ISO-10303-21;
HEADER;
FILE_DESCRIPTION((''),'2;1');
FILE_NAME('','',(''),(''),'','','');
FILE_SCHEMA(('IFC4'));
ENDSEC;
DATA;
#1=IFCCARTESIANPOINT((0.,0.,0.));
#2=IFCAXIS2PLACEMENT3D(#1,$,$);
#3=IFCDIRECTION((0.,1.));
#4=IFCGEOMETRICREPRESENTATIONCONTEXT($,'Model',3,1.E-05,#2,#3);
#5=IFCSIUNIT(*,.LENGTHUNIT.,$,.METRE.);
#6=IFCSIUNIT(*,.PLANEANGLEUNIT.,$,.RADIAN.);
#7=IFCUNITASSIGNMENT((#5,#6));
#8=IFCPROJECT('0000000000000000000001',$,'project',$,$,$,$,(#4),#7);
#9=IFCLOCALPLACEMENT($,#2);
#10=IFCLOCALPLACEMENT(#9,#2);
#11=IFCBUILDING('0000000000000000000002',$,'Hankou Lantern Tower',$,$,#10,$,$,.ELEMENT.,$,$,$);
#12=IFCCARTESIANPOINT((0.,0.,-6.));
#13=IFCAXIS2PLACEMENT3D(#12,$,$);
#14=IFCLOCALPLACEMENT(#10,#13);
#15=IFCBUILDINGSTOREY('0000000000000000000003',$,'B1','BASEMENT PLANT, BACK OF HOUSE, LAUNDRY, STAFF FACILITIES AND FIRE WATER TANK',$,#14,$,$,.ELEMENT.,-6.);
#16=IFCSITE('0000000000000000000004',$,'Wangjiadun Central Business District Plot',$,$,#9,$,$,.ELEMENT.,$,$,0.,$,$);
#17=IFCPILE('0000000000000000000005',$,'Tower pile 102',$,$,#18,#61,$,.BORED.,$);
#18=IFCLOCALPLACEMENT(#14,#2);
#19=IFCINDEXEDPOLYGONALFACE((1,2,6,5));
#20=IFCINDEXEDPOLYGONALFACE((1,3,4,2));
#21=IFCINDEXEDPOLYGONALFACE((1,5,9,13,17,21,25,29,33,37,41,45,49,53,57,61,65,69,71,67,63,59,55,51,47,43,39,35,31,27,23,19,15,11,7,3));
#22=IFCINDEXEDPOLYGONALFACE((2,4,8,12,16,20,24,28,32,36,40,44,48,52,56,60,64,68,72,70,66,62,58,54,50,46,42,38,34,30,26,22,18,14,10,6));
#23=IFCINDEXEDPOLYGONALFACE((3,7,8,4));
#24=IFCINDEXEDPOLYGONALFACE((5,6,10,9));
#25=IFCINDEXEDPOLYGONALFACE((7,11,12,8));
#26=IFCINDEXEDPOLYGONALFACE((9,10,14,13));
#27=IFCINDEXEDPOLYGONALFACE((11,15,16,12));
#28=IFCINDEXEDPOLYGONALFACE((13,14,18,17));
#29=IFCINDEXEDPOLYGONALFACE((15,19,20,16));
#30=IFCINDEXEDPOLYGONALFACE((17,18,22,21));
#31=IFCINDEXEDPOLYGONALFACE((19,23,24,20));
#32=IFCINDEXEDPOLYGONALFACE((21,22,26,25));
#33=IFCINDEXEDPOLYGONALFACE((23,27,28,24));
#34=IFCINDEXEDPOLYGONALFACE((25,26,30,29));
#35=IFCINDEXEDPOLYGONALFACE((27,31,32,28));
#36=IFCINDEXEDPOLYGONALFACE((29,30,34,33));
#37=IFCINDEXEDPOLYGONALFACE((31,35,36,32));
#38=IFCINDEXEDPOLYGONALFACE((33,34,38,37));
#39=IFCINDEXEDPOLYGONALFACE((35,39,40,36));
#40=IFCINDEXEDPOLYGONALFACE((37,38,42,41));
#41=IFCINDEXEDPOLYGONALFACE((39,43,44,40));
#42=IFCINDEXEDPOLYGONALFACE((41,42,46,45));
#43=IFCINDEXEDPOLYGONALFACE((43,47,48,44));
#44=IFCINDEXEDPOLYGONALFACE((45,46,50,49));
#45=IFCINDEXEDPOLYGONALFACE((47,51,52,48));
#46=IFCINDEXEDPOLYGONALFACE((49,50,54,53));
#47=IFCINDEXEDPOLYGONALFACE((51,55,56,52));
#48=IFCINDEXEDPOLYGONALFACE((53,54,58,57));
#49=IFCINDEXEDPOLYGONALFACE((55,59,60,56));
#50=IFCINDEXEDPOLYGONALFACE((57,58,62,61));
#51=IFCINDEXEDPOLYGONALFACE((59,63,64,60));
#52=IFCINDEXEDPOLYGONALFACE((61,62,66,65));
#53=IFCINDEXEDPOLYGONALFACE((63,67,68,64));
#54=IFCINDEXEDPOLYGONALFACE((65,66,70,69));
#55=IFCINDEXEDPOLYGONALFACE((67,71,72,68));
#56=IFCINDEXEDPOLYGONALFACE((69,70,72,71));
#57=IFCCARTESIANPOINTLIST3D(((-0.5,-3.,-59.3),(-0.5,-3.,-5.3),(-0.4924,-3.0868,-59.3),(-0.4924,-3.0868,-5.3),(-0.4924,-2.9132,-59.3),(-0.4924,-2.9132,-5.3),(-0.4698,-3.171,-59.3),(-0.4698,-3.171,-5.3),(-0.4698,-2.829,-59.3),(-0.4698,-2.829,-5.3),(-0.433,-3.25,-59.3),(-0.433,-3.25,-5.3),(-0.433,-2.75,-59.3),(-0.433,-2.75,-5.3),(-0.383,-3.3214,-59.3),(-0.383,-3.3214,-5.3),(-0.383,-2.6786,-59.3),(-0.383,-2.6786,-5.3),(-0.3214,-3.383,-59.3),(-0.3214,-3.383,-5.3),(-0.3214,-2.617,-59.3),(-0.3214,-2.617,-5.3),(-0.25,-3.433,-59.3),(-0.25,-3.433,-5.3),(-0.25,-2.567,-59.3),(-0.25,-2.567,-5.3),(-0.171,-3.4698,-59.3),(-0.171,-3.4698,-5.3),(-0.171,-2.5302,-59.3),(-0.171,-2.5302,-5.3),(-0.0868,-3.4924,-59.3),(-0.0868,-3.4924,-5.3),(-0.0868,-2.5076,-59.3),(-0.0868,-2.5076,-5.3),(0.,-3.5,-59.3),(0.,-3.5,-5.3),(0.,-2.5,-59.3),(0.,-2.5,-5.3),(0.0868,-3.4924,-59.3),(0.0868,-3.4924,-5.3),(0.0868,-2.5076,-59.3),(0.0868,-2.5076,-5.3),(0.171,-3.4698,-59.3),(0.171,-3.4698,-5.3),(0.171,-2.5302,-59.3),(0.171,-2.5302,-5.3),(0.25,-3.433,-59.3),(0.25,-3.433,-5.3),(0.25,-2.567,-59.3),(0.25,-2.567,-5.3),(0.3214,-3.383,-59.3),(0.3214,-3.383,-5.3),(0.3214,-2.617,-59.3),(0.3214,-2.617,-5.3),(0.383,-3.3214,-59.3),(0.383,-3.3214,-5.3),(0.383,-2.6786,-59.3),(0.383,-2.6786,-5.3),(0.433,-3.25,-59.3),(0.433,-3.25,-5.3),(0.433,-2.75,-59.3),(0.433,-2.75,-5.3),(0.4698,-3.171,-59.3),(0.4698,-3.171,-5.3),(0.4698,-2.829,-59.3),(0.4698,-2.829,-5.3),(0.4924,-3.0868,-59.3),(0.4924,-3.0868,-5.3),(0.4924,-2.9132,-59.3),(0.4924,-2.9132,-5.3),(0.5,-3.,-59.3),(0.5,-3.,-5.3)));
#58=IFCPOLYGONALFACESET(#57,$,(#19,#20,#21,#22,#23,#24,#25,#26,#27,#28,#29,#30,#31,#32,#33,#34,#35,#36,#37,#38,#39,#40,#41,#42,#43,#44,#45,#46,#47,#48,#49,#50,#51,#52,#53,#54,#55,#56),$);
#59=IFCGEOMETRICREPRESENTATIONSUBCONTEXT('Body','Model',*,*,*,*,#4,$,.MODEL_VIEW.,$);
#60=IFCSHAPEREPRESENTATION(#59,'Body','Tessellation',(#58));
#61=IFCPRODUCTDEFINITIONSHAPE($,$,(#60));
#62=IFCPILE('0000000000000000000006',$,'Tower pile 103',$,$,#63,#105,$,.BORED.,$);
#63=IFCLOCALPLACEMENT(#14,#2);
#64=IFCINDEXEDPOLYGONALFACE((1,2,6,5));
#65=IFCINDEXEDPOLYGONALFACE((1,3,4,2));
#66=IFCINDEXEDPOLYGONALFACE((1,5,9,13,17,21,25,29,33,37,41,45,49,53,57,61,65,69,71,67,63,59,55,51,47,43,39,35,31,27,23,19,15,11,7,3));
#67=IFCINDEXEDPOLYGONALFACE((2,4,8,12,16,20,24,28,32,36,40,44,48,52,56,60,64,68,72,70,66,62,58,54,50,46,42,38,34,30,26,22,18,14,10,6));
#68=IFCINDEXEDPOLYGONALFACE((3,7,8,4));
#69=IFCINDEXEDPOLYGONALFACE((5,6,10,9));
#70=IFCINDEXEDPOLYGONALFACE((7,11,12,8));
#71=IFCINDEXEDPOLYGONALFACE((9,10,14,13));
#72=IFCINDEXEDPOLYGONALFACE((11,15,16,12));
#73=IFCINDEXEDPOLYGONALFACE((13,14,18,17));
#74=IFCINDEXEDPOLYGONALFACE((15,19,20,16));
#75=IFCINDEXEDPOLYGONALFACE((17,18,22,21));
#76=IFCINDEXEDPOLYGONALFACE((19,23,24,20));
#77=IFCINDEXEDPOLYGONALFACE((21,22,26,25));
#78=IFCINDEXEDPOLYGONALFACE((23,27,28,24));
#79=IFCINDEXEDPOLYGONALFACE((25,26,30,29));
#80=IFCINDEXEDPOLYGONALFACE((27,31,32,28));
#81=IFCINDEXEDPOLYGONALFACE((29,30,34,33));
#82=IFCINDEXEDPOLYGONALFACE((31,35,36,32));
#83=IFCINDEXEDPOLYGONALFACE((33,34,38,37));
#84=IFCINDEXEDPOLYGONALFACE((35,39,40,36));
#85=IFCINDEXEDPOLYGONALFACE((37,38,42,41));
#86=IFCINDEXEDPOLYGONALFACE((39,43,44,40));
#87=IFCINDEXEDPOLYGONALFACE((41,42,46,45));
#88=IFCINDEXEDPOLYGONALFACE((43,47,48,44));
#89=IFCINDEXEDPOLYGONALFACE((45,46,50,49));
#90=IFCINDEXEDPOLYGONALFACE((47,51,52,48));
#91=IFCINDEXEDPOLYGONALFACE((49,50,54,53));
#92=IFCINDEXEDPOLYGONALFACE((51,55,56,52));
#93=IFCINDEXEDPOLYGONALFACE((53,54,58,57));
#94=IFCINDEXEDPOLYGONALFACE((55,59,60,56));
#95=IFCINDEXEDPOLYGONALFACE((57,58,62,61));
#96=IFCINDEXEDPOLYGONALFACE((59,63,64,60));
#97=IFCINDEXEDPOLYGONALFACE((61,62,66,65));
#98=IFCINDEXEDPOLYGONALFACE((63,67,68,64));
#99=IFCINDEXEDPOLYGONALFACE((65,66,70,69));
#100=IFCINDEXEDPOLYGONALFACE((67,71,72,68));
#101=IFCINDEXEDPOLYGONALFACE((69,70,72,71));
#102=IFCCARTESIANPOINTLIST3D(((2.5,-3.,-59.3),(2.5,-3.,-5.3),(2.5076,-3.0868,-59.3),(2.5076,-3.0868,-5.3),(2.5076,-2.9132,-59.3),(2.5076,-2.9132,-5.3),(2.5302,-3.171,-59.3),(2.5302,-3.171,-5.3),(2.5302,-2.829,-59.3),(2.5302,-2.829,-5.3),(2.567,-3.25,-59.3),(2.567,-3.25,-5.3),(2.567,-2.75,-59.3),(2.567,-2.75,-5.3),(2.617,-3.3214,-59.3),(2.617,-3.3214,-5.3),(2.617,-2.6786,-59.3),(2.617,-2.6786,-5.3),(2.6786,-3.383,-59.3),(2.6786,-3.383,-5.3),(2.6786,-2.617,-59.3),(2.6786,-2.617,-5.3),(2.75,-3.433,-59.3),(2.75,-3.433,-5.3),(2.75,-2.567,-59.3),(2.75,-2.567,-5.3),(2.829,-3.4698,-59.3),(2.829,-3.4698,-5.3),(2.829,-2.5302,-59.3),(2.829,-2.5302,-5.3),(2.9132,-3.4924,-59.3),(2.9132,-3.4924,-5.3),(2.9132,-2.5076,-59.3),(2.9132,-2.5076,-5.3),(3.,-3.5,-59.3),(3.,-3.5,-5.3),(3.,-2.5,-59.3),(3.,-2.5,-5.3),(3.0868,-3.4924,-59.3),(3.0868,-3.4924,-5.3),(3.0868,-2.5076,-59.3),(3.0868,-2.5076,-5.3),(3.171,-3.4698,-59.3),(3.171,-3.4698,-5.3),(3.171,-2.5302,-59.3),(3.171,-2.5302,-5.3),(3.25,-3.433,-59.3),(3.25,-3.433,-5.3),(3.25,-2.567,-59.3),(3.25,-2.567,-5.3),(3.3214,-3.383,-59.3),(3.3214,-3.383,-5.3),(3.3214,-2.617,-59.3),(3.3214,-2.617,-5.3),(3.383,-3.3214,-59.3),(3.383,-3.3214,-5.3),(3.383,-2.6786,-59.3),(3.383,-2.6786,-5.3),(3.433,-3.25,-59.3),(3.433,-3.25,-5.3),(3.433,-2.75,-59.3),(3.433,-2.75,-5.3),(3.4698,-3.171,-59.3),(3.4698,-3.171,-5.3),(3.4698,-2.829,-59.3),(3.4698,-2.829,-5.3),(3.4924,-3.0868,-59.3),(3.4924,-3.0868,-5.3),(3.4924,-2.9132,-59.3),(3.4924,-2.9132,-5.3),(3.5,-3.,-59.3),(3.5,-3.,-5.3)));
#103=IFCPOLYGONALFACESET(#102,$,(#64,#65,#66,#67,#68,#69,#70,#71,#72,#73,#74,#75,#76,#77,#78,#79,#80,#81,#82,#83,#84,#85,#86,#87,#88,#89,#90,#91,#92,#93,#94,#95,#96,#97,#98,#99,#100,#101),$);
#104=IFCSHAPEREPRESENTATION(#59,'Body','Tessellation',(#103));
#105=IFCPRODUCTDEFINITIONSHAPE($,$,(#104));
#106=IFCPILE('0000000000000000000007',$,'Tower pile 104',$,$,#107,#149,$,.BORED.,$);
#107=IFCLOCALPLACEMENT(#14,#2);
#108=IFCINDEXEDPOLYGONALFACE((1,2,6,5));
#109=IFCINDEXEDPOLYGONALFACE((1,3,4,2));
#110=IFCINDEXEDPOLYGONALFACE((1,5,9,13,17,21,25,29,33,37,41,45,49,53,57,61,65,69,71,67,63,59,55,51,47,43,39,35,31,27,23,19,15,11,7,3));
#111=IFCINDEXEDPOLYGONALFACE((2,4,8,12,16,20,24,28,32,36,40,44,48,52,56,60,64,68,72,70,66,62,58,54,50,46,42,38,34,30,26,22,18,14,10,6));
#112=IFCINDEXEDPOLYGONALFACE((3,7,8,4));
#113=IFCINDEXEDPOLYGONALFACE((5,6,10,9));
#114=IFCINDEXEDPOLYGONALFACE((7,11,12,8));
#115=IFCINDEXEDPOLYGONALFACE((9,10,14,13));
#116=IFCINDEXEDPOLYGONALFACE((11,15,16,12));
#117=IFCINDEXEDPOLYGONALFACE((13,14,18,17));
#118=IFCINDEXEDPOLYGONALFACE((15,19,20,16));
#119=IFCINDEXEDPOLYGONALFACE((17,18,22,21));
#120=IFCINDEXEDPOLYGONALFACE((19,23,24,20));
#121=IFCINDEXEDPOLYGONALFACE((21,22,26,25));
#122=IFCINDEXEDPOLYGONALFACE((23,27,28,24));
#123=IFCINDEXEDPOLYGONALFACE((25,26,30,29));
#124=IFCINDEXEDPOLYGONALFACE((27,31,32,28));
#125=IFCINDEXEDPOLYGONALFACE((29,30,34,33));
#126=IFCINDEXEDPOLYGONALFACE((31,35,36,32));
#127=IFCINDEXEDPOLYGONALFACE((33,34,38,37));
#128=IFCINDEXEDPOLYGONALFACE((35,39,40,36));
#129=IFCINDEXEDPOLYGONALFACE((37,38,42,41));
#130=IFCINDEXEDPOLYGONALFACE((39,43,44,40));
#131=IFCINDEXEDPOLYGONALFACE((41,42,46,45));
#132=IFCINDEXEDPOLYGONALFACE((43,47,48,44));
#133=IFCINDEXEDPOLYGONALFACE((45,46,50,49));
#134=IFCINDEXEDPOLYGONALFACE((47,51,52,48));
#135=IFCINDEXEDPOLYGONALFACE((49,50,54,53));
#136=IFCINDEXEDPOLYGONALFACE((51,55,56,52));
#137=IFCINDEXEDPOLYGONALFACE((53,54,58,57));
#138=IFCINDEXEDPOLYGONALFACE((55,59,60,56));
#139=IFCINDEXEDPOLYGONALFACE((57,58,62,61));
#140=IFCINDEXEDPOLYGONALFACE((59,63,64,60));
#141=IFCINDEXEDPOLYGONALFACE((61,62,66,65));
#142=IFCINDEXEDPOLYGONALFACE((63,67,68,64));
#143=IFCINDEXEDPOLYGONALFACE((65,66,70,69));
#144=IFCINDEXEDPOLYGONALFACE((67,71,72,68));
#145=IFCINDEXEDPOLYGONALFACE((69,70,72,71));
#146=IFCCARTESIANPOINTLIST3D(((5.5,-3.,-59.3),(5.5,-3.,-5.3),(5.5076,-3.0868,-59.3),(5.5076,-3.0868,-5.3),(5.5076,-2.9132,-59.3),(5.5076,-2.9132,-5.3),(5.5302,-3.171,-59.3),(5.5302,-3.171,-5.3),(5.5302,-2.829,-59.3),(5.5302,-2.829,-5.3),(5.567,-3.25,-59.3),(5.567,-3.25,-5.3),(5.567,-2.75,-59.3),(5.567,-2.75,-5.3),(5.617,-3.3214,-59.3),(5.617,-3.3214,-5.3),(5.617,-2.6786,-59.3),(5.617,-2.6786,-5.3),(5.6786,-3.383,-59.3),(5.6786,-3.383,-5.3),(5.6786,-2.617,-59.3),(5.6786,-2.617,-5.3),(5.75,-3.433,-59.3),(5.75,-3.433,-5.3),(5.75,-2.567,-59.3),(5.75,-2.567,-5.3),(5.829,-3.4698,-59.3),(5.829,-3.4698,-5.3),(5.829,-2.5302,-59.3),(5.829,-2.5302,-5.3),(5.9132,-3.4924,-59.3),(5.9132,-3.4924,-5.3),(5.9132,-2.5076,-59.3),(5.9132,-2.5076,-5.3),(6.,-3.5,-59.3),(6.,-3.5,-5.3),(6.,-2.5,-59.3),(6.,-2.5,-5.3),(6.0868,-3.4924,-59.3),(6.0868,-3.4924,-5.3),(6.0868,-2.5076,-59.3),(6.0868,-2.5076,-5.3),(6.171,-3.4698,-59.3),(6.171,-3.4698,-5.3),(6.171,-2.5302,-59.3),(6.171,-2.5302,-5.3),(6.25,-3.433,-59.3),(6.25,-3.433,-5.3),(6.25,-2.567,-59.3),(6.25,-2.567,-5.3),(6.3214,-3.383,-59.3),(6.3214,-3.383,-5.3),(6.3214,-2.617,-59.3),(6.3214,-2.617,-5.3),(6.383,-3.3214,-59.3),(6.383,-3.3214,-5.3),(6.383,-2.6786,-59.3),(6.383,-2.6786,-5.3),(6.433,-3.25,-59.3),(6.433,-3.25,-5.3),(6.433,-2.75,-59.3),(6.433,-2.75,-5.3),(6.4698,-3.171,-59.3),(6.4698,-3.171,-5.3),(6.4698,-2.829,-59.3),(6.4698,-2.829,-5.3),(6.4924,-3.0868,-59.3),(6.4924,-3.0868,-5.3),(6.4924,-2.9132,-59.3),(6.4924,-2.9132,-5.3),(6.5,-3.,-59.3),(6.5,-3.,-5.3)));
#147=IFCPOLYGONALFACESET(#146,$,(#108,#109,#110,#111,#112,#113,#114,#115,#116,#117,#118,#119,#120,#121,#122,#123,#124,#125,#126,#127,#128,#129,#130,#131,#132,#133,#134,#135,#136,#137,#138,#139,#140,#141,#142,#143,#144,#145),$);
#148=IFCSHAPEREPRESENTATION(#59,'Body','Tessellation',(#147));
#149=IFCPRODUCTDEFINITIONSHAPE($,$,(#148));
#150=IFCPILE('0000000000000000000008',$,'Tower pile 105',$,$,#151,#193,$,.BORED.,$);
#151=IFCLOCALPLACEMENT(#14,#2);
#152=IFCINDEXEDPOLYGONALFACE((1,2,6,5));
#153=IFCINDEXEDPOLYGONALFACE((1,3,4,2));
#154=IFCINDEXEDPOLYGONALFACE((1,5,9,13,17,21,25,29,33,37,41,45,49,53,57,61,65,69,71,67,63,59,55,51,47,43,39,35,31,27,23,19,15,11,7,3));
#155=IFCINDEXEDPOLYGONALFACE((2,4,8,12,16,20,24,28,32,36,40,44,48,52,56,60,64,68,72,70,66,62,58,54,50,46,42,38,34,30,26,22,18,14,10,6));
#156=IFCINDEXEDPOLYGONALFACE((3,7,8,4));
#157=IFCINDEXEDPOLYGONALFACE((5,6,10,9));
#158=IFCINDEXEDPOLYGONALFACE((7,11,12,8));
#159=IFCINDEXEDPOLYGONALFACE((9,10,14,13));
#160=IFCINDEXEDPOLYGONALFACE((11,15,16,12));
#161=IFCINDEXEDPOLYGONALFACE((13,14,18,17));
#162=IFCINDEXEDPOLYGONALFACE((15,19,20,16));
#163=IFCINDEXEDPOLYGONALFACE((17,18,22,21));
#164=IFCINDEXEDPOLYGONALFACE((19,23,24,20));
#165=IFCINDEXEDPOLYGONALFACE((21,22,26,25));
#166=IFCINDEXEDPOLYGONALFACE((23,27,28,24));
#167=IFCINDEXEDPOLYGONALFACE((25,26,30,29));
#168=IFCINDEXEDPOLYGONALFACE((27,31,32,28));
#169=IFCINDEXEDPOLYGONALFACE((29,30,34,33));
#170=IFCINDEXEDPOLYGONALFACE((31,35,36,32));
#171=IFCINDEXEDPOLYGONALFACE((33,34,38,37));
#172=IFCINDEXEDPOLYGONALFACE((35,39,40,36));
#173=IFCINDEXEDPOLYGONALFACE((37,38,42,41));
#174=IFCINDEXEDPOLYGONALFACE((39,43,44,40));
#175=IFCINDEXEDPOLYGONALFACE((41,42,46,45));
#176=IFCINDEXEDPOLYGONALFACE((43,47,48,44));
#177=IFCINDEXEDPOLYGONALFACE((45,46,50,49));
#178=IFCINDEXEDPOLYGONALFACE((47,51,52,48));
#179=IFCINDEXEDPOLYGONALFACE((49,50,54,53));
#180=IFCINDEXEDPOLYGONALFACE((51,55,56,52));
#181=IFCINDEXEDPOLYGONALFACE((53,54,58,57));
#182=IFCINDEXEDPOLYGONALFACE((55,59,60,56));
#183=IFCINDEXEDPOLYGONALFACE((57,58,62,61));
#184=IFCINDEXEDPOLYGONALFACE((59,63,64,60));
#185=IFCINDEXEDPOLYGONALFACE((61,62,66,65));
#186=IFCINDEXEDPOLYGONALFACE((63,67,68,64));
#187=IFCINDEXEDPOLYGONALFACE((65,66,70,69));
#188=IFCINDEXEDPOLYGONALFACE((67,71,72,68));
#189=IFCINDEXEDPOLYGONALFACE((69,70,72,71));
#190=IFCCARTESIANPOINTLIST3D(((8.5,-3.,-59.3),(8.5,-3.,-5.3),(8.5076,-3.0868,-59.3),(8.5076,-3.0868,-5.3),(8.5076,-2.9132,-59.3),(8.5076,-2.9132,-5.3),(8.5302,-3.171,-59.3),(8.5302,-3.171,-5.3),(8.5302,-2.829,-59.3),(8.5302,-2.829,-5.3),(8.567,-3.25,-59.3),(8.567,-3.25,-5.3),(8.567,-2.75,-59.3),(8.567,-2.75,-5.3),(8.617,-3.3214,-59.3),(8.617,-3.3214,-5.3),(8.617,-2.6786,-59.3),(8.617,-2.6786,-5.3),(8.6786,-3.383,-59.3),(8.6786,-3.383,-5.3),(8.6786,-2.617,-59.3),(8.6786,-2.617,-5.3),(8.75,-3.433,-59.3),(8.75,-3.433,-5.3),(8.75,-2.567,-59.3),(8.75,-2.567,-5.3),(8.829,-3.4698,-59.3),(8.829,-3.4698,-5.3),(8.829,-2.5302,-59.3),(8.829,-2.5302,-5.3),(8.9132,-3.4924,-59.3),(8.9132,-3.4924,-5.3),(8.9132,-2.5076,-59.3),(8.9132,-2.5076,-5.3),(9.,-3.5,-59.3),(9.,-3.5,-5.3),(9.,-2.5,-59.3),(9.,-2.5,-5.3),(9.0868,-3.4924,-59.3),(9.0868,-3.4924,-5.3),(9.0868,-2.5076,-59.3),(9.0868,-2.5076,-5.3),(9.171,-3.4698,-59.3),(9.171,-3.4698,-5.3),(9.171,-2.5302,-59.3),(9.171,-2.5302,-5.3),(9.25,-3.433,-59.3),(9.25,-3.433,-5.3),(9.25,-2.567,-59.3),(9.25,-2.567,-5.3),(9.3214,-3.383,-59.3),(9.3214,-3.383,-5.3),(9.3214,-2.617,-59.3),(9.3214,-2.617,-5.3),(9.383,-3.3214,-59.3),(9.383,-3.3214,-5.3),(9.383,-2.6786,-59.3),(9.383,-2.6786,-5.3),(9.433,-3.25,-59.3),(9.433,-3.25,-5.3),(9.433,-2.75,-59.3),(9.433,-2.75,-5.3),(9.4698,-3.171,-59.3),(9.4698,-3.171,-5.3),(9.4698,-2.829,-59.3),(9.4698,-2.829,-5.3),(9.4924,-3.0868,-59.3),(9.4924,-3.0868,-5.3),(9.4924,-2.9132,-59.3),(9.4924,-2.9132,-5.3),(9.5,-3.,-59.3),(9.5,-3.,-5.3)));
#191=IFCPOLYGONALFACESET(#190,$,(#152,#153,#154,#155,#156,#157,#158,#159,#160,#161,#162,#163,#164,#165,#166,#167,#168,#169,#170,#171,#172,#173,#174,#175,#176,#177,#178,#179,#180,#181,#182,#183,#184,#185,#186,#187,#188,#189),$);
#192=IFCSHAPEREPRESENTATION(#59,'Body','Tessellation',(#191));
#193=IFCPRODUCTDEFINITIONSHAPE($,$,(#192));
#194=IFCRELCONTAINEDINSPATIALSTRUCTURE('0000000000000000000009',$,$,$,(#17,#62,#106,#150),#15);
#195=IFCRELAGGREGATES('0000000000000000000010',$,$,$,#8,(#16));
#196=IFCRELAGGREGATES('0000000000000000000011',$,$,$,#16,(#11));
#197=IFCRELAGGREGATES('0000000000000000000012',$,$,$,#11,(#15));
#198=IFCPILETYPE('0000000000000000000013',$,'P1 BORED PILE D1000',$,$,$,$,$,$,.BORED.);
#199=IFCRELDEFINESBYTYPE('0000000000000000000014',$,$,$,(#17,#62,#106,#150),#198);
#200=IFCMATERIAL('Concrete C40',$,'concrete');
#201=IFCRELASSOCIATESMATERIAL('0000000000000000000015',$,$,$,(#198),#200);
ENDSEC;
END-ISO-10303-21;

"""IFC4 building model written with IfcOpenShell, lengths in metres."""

from ifc_helpers import new_model, si_unit, direction, frame, origin, origin_2d, place, context, subcontext, project, spatial, circle, extrude, material, material_profile, profile_set, type_object, element, save


model = new_model("IFC4")

# Units and contexts
model_context = context("Model", 3, precision=1e-05, world=origin(), true_north=direction((0.0, 1.0)))
body_context = subcontext(model_context, "Body", "Model", "MODEL_VIEW")
ifc_project = project(units=[si_unit("LENGTHUNIT", "METRE"), si_unit("PLANEANGLEUNIT", "RADIAN")], contexts=[model_context])

# Site, building, storey
site_placement = place(None, origin())
site = spatial("IfcSite", under=ifc_project, at=site_placement, Name="Wangjiadun Central Business District Plot", CompositionType="ELEMENT", RefElevation=0.0)
building_placement = place(site_placement, origin())
building = spatial("IfcBuilding", under=site, at=building_placement, Name="Hankou Lantern Tower", CompositionType="ELEMENT")
storey_placement = place(building_placement, frame((0.0, 0.0, -6.0)))
storey = spatial("IfcBuildingStorey", under=building, at=storey_placement, Name="B1", Description="BASEMENT PLANT, BACK OF HOUSE, LAUNDRY, STAFF FACILITIES AND FIRE WATER TANK", CompositionType="ELEMENT", Elevation=-6.0)

# Piles
ifc_material_1 = material(Name="Concrete C40", Category="concrete")
ifc_material_profile_1 = material_profile(ifc_material_1, circle(Radius=0.5, at=origin_2d()), Name="RC D1000")
ifc_profile_set_1 = profile_set([ifc_material_profile_1], Name="Concrete C40")
pile_type = type_object("IfcPileType", Name="P1 BORED PILE D1000", PredefinedType="BORED", material=ifc_profile_set_1)
for number, where, z_axis, x_axis, name in (
    (1, (0.0, -3.0, -5.3), (0.0, 0.0, -1.0), (1.0, 0.0, 0.0), "Tower pile 102"),
    (2, (3.0, -3.0, -5.3), (0.0, 0.0, -1.0), (1.0, 0.0, 0.0), "Tower pile 103"),
    (3, (6.0, -3.0, -5.3), (0.0, 0.0, -1.0), (1.0, 0.0, 0.0), "Tower pile 104"),
    (4, (9.0, -3.0, -5.3), (0.0, 0.0, -1.0), (1.0, 0.0, 0.0), "Tower pile 105"),
):
    element("IfcPile", number, at=place(storey_placement, frame(where, z_axis=z_axis, x_axis=x_axis)), inside=storey, type_object=pile_type, Name=name, PredefinedType="BORED", context=body_context, shape_type="SweptSolid", body=[
        extrude(circle(Radius=0.5, at=origin_2d()), origin(), (0.0, 0.0, 1.0), 54.0),
    ])

save(model, "model.ifc")
